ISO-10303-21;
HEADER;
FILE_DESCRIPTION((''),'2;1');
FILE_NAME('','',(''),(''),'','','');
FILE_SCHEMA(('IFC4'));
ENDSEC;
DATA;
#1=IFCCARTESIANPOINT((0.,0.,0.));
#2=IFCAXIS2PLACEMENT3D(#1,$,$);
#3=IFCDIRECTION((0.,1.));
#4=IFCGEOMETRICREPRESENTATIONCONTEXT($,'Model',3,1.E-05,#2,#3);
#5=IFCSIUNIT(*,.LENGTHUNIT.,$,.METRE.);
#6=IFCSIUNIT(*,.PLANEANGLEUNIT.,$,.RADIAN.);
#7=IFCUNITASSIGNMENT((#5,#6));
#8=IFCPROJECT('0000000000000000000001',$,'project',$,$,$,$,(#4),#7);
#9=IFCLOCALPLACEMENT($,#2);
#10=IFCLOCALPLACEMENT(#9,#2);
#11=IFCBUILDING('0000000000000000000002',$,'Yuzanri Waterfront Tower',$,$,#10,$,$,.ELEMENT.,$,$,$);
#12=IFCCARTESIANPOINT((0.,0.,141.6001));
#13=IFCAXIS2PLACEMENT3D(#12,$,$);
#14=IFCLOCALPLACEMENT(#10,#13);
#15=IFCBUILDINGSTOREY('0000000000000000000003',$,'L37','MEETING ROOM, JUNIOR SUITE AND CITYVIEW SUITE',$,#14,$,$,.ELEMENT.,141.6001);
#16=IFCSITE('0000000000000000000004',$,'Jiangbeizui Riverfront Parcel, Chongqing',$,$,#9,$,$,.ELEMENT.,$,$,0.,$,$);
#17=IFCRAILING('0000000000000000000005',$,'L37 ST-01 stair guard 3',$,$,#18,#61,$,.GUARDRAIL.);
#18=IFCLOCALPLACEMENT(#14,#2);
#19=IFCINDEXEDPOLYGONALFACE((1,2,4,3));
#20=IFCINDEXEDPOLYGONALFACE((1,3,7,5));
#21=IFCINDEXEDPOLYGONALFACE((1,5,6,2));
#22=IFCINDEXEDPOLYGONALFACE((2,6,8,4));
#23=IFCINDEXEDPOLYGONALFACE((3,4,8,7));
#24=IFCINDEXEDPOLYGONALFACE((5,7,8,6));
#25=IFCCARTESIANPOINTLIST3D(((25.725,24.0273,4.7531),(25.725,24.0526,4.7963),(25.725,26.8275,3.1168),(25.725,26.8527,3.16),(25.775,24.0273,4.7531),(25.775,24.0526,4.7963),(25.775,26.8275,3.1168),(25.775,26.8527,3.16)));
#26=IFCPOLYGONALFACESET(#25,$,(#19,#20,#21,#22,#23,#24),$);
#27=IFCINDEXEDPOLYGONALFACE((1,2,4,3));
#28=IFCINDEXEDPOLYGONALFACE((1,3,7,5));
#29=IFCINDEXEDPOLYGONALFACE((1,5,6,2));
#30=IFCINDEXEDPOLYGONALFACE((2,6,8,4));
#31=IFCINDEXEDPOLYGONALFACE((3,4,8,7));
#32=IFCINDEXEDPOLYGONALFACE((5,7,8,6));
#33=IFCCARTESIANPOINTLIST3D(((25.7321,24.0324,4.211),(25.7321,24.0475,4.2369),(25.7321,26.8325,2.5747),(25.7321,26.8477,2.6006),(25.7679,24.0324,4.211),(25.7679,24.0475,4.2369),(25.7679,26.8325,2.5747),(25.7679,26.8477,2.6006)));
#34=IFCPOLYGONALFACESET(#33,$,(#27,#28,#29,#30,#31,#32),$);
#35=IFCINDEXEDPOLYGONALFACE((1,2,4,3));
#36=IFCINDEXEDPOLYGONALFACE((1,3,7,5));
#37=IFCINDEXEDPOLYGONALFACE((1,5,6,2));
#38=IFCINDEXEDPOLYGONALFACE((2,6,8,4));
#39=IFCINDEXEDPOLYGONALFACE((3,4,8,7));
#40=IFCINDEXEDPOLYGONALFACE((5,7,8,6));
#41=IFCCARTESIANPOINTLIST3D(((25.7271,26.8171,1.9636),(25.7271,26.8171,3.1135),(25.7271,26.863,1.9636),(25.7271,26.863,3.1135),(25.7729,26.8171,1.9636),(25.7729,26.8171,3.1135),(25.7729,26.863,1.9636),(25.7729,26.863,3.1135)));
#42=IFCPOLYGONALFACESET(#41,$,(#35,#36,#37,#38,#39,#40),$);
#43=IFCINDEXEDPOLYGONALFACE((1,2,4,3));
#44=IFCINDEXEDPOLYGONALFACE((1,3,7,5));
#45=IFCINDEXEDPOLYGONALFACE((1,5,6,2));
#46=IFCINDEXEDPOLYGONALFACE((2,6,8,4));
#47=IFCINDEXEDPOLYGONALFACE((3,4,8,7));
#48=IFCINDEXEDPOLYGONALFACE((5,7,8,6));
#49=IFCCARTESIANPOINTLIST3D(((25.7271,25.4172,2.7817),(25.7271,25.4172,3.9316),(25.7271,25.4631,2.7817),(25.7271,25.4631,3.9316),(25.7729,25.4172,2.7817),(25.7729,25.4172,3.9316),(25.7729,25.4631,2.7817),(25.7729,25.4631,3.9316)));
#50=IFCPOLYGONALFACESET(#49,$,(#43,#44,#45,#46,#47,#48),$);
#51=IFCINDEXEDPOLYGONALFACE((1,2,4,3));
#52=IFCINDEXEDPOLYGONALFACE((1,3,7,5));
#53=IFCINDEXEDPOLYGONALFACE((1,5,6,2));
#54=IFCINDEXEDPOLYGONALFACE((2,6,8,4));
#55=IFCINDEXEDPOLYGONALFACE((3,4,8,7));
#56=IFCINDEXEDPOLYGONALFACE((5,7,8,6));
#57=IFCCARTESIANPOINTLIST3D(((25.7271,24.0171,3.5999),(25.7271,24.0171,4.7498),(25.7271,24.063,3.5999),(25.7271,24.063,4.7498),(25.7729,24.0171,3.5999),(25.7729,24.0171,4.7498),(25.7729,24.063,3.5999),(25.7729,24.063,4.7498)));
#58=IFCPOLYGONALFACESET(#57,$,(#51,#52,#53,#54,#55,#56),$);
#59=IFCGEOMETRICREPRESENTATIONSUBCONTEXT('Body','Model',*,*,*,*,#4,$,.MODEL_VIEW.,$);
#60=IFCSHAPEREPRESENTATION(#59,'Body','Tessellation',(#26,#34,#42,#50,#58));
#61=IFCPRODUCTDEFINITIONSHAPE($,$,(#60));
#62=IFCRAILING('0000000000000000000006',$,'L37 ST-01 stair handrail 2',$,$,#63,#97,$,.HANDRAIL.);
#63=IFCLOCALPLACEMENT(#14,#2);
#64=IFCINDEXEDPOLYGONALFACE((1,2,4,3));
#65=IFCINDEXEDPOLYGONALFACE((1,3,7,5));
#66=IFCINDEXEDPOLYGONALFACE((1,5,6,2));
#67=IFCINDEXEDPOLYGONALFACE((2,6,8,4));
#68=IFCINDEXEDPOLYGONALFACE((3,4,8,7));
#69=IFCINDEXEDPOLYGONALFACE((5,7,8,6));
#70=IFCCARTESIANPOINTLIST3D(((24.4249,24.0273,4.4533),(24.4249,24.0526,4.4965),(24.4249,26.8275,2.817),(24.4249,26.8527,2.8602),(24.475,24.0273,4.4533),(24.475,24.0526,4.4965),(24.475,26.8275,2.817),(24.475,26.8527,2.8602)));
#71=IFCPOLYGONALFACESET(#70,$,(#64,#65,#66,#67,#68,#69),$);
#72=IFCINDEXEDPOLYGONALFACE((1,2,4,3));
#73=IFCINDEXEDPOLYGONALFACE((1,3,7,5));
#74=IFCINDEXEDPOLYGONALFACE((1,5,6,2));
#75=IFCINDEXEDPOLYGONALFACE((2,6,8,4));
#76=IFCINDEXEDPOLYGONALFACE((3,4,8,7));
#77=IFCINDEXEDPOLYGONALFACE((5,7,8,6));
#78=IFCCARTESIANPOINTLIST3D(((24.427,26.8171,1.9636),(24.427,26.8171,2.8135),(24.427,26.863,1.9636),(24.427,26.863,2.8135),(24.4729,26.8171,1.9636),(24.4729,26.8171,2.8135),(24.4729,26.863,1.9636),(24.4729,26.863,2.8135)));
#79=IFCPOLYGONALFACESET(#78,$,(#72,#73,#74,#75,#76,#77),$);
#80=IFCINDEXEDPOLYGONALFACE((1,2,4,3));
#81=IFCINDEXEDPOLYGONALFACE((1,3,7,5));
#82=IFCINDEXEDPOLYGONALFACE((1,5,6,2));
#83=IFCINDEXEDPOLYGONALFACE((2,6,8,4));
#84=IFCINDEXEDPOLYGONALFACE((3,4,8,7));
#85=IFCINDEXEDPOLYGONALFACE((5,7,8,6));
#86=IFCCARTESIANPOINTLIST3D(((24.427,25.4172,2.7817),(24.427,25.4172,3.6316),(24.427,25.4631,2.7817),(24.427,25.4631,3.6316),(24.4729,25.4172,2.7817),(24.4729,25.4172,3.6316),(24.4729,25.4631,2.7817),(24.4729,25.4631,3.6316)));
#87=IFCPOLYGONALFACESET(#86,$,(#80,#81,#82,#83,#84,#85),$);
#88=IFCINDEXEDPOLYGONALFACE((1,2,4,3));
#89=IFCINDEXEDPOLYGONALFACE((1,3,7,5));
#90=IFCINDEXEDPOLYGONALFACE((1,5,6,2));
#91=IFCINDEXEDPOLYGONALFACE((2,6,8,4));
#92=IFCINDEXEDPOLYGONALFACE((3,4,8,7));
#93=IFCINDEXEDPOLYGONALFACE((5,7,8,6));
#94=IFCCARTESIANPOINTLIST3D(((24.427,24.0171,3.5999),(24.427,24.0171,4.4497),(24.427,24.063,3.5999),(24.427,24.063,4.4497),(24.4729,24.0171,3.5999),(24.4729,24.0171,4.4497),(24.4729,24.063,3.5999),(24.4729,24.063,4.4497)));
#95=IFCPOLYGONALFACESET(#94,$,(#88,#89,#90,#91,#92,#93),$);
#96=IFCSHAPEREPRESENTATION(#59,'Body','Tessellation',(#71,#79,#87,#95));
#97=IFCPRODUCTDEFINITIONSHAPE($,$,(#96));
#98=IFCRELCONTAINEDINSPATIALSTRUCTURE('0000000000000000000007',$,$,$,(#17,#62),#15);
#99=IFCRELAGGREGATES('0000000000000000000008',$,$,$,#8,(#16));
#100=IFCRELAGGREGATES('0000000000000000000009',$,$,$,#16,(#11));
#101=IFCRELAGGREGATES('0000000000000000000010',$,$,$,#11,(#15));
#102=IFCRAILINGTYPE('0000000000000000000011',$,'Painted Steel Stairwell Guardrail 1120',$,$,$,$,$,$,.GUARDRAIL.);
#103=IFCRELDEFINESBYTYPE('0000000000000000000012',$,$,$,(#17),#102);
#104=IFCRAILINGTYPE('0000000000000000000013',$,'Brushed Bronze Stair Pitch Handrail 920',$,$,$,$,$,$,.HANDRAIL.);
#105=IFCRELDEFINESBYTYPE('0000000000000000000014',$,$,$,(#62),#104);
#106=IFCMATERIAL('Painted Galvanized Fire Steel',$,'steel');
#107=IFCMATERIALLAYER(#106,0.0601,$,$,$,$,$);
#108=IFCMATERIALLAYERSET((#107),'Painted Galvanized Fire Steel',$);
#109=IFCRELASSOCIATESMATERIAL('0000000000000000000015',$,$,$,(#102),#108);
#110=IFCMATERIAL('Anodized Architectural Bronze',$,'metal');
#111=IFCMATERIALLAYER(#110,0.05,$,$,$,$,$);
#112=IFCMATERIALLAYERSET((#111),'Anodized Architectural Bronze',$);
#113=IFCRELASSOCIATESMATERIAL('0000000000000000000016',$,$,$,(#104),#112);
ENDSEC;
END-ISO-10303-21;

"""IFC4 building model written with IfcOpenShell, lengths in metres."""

from ifc_helpers import new_model, si_unit, direction, frame, origin, origin_2d, place, context, subcontext, project, spatial, rectangle, extrude, source, transform, mapped, material, layer, layer_set, type_object, element, save


model = new_model("IFC4")

# Units and contexts
model_context = context("Model", 3, precision=1e-05, world=origin(), true_north=direction((0.0, 1.0)))
body_context = subcontext(model_context, "Body", "Model", "MODEL_VIEW")
ifc_project = project(units=[si_unit("LENGTHUNIT", "METRE"), si_unit("PLANEANGLEUNIT", "RADIAN")], contexts=[model_context])

# Site, building, storey
site_placement = place(None, origin())
site = spatial("IfcSite", under=ifc_project, at=site_placement, Name="Jiangbeizui Riverfront Parcel, Chongqing", CompositionType="ELEMENT", RefElevation=0.0)
building_placement = place(site_placement, origin())
building = spatial("IfcBuilding", under=site, at=building_placement, Name="Yuzanri Waterfront Tower", CompositionType="ELEMENT")
storey_placement = place(building_placement, frame((0.0, 0.0, 141.6001)))
storey = spatial("IfcBuildingStorey", under=building, at=storey_placement, Name="L37", Description="MEETING ROOM, JUNIOR SUITE AND CITYVIEW SUITE", CompositionType="ELEMENT", Elevation=141.6001)

# Railings
ifc_material_1 = material(Name="Painted Galvanized Fire Steel", Category="steel")
ifc_layer_1 = layer(ifc_material_1, 0.0601)
ifc_layer_set_1 = layer_set([ifc_layer_1], Name="Painted Galvanized Fire Steel")
railing_type_1 = type_object("IfcRailingType", Name="Painted Steel Stairwell Guardrail 1120", PredefinedType="GUARDRAIL", material=ifc_layer_set_1)
shared_shape_1 = source(origin(), body_context, "Body", "SweptSolid", [
    extrude(rectangle(XDim=0.05, YDim=0.05, at=origin_2d()), frame((0.0, 0.0, 1.1748), z_axis=(0.0, -0.863394, 0.504531), x_axis=(1.0, 0.0, 0.0)), (0.0, 0.0, 1.0), 3.2432),
    extrude(rectangle(XDim=0.0359, YDim=0.03, at=origin_2d()), frame((0.0, 0.0, 0.624), z_axis=(0.0, -0.863394, 0.504531), x_axis=(1.0, 0.0, 0.0)), (0.0, 0.0, 1.0), 3.2432),
    extrude(rectangle(XDim=0.0459, YDim=0.0459, at=origin_2d()), origin(), (0.0, 0.0, 1.0), 1.1499),
    extrude(rectangle(XDim=0.0459, YDim=0.0459, at=origin_2d()), frame((0.0, -1.3999, 0.8181)), (0.0, 0.0, 1.0), 1.1499),
    extrude(rectangle(XDim=0.0459, YDim=0.0459, at=origin_2d()), frame((0.0, -2.8, 1.6362)), (0.0, 0.0, 1.0), 1.1499),
])
railing_1_placement = place(storey_placement, frame((25.75, 26.8401, 1.9636)))
element("IfcRailing", 1, at=railing_1_placement, inside=storey, type_object=railing_type_1, Name="L37 ST-01 stair guard 3", PredefinedType="GUARDRAIL", context=body_context, shape_type="MappedRepresentation", body=[
    mapped(shared_shape_1, transform((0.0, 0.0, 0.0), scale=1.0)),
])
ifc_material_2 = material(Name="Anodized Architectural Bronze", Category="metal")
ifc_layer_2 = layer(ifc_material_2, 0.05)
ifc_layer_set_2 = layer_set([ifc_layer_2], Name="Anodized Architectural Bronze")
railing_type_2 = type_object("IfcRailingType", Name="Brushed Bronze Stair Pitch Handrail 920", PredefinedType="HANDRAIL", material=ifc_layer_set_2)
shared_shape_2 = source(origin(), body_context, "Body", "SweptSolid", [
    extrude(rectangle(XDim=0.05, YDim=0.05, at=origin_2d()), frame((0.0, 0.0, 0.875), z_axis=(0.0, -0.863394, 0.504531), x_axis=(1.0, 0.0, 0.0)), (0.0, 0.0, 1.0), 3.2432),
    extrude(rectangle(XDim=0.0459, YDim=0.0459, at=origin_2d()), origin(), (0.0, 0.0, 1.0), 0.8499),
    extrude(rectangle(XDim=0.0459, YDim=0.0459, at=origin_2d()), frame((0.0, -1.3999, 0.8181)), (0.0, 0.0, 1.0), 0.8499),
    extrude(rectangle(XDim=0.0459, YDim=0.0459, at=origin_2d()), frame((0.0, -2.8, 1.6362)), (0.0, 0.0, 1.0), 0.8499),
])
railing_2_placement = place(storey_placement, frame((24.45, 26.8401, 1.9636)))
element("IfcRailing", 2, at=railing_2_placement, inside=storey, type_object=railing_type_2, Name="L37 ST-01 stair handrail 2", PredefinedType="HANDRAIL", context=body_context, shape_type="MappedRepresentation", body=[
    mapped(shared_shape_2, transform((0.0, 0.0, 0.0), scale=1.0)),
])

save(model, "model.ifc")
